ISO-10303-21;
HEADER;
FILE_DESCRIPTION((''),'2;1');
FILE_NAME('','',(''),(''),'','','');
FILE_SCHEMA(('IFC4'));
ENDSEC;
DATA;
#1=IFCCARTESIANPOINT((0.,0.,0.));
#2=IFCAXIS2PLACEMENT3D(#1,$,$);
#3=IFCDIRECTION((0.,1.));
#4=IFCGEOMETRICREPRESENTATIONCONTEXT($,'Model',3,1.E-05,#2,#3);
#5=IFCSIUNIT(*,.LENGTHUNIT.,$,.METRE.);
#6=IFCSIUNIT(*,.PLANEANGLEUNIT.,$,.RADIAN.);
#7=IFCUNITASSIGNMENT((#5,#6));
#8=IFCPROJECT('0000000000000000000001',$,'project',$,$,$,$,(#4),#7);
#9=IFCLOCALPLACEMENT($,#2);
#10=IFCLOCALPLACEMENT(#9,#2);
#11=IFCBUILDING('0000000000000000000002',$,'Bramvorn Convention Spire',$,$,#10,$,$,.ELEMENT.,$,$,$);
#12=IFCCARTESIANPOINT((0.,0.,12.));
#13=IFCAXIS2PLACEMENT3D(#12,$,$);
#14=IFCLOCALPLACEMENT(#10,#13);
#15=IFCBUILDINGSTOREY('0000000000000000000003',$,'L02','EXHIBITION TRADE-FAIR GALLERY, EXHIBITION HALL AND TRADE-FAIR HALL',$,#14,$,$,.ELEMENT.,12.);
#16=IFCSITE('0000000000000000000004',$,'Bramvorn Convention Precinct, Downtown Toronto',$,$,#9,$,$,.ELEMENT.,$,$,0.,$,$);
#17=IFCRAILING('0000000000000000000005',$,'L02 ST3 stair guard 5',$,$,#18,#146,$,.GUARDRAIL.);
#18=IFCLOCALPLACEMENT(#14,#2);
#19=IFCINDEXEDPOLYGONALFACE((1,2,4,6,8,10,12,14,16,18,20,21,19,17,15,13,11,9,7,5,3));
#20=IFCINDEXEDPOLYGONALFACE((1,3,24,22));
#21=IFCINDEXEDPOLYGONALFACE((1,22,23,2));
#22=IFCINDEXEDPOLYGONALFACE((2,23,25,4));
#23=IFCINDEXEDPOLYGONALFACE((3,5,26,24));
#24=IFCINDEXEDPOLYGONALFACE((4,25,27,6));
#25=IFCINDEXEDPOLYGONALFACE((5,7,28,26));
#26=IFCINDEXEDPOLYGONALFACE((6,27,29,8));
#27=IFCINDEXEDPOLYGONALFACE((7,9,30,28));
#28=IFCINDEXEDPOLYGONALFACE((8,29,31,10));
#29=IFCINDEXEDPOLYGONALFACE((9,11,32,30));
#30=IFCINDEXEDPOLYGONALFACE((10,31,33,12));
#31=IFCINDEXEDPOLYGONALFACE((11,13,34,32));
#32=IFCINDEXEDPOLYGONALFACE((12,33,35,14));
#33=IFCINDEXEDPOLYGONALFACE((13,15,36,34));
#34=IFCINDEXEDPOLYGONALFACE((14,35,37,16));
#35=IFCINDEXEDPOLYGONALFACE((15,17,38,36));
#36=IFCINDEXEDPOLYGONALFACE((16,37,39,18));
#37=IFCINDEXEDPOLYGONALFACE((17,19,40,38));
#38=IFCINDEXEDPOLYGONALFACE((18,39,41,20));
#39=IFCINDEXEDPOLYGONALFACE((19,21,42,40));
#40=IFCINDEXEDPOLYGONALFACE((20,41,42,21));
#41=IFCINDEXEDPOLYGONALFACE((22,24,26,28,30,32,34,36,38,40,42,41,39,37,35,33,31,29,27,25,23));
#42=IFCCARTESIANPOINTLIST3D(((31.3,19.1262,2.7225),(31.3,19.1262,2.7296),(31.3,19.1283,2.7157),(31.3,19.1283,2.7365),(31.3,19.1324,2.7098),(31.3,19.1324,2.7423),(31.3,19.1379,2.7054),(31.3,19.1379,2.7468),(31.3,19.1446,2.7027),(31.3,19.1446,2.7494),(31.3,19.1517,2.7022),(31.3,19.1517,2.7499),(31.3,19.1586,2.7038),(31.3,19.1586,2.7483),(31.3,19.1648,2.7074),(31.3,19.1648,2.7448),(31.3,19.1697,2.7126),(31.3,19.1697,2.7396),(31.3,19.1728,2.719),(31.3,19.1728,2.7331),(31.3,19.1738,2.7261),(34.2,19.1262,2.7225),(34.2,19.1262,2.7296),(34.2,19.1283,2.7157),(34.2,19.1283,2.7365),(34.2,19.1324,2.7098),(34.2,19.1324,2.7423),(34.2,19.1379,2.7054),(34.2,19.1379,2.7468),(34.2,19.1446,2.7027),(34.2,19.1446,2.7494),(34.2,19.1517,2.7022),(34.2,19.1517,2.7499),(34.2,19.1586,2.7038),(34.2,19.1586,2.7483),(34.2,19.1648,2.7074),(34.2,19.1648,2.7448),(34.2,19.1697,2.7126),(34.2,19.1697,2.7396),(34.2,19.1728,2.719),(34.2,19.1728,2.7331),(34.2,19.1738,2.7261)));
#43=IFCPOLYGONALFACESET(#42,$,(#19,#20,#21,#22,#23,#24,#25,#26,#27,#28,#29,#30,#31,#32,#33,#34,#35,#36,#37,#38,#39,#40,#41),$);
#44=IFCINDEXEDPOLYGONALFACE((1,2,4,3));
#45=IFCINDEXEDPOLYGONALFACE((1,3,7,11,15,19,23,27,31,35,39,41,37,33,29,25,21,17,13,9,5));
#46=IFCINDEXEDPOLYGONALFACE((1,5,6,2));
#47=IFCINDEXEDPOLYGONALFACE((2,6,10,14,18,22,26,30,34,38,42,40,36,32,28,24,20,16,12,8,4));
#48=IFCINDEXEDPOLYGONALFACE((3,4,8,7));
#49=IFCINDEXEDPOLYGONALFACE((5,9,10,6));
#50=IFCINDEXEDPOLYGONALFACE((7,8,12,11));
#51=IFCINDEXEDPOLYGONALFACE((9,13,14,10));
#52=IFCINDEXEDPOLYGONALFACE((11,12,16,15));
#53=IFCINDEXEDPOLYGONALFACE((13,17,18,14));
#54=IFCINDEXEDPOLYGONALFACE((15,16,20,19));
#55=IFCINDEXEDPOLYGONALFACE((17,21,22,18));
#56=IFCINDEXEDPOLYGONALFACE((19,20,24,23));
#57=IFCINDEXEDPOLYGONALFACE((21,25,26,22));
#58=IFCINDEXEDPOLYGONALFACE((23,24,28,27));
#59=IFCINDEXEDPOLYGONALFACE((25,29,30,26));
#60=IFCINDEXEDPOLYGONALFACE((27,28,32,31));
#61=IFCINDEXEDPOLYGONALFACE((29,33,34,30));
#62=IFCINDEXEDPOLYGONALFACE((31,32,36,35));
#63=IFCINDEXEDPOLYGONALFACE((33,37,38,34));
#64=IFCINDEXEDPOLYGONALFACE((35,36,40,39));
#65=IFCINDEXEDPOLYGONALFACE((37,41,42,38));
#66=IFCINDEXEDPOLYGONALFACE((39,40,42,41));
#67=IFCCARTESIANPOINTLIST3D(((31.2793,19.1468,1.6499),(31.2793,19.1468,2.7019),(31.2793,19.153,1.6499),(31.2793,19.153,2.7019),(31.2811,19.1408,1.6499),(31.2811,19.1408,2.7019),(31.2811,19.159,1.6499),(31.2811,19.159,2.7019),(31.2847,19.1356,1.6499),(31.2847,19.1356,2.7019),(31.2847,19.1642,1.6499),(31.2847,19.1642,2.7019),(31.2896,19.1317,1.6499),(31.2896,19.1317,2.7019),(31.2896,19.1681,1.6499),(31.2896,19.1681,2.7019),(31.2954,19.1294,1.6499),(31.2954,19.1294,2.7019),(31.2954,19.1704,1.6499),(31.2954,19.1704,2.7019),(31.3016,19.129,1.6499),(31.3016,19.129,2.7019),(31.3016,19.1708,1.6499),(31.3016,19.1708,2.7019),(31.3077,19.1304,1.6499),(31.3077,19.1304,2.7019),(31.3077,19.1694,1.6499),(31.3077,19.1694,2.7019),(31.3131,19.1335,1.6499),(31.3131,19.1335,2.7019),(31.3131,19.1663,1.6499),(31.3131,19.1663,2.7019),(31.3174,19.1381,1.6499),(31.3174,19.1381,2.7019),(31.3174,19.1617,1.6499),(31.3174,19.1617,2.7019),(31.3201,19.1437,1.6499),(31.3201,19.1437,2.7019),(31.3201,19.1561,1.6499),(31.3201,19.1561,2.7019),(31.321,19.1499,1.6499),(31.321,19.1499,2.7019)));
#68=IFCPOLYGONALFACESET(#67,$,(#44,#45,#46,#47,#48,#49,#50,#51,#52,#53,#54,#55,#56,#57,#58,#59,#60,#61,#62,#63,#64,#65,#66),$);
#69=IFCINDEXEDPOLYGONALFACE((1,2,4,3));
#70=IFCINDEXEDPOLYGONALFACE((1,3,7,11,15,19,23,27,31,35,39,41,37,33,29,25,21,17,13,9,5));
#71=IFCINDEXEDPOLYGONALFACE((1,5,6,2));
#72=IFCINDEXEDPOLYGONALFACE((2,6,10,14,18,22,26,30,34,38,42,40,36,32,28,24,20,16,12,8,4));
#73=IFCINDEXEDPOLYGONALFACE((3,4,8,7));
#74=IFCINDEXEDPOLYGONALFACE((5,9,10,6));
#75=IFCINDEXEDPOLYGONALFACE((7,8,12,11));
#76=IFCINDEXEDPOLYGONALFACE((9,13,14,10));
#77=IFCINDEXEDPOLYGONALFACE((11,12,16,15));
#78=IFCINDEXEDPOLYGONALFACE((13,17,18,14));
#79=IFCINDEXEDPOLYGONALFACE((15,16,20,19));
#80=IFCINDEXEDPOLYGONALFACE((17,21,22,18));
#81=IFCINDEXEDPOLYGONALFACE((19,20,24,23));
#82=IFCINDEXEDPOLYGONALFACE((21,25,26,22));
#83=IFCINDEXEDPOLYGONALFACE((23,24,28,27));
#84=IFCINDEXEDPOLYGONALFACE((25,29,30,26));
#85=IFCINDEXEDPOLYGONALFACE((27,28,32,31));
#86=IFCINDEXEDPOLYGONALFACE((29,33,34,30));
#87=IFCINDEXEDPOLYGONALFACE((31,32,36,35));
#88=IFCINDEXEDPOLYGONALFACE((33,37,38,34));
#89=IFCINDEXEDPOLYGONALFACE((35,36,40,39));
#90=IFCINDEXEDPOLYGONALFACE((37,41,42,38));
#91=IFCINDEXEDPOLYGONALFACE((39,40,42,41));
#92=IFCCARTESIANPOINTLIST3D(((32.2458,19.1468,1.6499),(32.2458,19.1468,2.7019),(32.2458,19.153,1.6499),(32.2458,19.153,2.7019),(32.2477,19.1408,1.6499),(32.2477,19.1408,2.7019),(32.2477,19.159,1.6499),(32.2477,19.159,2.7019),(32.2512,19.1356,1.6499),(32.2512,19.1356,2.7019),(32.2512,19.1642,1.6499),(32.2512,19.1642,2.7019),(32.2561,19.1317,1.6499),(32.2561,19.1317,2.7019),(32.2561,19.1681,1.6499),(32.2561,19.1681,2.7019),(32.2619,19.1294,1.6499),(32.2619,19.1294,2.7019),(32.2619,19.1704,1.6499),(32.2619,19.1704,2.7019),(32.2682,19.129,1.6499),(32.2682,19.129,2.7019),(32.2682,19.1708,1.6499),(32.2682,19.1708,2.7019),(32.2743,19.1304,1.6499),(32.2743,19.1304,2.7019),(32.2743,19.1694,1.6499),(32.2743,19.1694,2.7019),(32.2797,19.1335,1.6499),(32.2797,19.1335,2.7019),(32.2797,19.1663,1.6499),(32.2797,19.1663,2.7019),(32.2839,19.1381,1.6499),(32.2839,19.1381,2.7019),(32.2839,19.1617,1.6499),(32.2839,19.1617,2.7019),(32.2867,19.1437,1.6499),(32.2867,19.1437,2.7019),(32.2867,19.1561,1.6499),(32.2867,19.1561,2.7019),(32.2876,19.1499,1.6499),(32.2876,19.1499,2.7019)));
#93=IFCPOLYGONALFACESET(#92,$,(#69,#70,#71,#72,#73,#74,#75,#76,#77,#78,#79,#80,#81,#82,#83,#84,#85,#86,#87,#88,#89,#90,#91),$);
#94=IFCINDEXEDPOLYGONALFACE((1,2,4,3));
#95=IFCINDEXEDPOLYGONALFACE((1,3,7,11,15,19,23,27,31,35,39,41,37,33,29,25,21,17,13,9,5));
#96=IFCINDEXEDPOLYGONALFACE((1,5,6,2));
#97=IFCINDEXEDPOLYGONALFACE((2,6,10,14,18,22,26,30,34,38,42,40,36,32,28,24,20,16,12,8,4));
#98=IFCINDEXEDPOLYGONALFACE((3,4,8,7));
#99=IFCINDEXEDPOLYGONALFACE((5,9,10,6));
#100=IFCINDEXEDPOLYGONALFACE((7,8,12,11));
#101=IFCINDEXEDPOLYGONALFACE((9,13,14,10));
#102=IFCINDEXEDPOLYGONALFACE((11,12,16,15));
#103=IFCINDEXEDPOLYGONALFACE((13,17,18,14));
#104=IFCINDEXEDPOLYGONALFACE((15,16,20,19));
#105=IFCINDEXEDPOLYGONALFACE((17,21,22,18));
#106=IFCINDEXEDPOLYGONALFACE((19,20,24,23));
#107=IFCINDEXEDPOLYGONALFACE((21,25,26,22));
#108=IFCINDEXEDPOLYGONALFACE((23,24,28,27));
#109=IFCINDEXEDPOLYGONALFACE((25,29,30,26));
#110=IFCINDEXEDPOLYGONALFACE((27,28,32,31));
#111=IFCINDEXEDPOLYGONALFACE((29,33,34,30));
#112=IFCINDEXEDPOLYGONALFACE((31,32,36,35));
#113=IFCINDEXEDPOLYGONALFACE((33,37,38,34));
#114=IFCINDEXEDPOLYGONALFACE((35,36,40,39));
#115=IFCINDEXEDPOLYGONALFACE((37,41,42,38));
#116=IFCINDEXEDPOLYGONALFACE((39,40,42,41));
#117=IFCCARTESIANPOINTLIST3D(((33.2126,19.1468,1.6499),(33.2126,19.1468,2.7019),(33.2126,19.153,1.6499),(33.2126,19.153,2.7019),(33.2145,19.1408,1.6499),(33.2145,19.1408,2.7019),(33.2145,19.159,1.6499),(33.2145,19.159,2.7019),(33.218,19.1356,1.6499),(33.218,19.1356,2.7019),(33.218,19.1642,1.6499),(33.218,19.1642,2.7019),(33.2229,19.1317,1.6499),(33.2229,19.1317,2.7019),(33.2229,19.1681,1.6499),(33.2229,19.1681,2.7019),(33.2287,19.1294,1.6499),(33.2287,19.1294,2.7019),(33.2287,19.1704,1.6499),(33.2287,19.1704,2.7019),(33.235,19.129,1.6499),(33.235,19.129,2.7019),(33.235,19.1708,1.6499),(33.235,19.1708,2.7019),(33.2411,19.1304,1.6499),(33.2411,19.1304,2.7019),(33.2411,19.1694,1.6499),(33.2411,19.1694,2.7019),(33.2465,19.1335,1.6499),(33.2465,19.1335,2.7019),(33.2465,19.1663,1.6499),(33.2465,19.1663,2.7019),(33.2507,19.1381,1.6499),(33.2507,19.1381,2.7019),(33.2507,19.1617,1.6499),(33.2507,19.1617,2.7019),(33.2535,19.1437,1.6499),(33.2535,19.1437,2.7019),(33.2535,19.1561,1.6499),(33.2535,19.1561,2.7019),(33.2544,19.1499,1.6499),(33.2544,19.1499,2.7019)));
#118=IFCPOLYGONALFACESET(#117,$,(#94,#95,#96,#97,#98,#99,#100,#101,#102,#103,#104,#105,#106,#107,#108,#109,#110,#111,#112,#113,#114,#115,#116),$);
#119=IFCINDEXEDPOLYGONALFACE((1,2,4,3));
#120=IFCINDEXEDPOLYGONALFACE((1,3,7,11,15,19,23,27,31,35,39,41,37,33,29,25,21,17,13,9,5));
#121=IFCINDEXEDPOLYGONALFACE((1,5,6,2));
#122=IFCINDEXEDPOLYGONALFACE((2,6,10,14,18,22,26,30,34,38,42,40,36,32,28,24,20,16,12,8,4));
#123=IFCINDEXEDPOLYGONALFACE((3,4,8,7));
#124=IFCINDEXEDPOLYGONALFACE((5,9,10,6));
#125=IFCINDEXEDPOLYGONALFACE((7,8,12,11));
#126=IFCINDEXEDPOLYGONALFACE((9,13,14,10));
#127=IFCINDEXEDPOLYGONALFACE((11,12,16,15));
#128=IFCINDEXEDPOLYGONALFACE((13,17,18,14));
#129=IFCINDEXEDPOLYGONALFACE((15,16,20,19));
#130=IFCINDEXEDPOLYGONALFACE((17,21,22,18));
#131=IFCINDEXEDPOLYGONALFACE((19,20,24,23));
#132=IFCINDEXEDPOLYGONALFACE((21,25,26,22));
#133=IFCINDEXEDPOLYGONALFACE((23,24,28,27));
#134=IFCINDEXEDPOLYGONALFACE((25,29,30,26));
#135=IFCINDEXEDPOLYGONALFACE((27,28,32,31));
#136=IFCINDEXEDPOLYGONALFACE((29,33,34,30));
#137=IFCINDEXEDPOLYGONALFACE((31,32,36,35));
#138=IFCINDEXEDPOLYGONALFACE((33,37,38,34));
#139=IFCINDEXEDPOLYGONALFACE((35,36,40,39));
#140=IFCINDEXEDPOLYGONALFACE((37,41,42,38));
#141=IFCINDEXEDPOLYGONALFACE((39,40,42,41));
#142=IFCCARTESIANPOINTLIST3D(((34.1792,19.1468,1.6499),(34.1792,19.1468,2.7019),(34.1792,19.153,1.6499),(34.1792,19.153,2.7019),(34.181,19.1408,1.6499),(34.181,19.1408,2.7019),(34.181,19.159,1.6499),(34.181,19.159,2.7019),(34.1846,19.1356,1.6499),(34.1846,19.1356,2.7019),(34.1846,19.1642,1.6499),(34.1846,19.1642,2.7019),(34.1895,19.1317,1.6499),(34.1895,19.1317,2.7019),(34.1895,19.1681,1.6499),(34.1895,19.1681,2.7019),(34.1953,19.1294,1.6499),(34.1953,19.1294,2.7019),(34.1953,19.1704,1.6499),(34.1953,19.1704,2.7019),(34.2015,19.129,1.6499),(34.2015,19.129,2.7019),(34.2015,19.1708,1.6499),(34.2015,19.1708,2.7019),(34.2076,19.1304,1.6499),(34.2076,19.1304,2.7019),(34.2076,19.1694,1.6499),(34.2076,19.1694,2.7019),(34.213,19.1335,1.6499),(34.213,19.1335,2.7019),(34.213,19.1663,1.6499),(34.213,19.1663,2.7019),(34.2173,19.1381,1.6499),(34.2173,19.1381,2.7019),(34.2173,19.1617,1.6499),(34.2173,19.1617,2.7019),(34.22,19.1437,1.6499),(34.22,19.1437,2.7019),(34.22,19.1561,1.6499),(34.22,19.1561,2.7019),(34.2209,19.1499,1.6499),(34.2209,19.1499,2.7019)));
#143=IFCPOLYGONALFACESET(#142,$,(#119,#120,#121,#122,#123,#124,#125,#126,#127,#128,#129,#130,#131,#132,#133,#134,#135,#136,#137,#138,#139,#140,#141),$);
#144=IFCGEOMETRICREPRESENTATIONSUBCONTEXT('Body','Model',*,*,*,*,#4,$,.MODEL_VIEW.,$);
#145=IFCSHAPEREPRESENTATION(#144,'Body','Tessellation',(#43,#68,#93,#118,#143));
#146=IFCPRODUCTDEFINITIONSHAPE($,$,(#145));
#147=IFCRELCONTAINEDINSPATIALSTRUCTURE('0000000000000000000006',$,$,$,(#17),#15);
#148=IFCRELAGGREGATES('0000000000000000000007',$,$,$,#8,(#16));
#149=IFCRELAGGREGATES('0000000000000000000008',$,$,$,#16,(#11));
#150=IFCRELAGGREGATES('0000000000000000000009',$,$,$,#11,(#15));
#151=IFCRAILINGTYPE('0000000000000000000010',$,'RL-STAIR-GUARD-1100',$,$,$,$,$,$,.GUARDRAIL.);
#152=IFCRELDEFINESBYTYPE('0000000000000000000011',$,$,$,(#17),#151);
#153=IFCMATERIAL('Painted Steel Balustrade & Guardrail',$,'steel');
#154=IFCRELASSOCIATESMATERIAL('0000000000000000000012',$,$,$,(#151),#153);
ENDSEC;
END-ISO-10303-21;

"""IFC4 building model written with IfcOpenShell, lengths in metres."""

from ifc_helpers import new_model, si_unit, direction, frame, origin, origin_2d, place, context, subcontext, project, spatial, circle, extrude, material, type_object, element, save


model = new_model("IFC4")

# Units and contexts
model_context = context("Model", 3, precision=1e-05, world=origin(), true_north=direction((0.0, 1.0)))
body_context = subcontext(model_context, "Body", "Model", "MODEL_VIEW")
ifc_project = project(units=[si_unit("LENGTHUNIT", "METRE"), si_unit("PLANEANGLEUNIT", "RADIAN")], contexts=[model_context])

# Site, building, storey
site_placement = place(None, origin())
site = spatial("IfcSite", under=ifc_project, at=site_placement, Name="Bramvorn Convention Precinct, Downtown Toronto", CompositionType="ELEMENT", RefElevation=0.0)
building_placement = place(site_placement, origin())
building = spatial("IfcBuilding", under=site, at=building_placement, Name="Bramvorn Convention Spire", CompositionType="ELEMENT")
storey_placement = place(building_placement, frame((0.0, 0.0, 12.0)))
storey = spatial("IfcBuildingStorey", under=building, at=storey_placement, Name="L02", Description="EXHIBITION TRADE-FAIR GALLERY, EXHIBITION HALL AND TRADE-FAIR HALL", CompositionType="ELEMENT", Elevation=12.0)

# Railing
ifc_material_1 = material(Name="Painted Steel Balustrade & Guardrail", Category="steel")
railing_type = type_object("IfcRailingType", Name="RL-STAIR-GUARD-1100", PredefinedType="GUARDRAIL", material=ifc_material_1)
for number, where, name in (
    (1, (31.3, 19.1499, 1.6499), "L02 ST3 stair guard 5"),
):
    element("IfcRailing", number, at=place(storey_placement, frame(where)), inside=storey, type_object=railing_type, Name=name, PredefinedType="GUARDRAIL", context=body_context, shape_type="SweptSolid", body=[
        extrude(circle(Radius=0.0239, at=origin_2d()), frame((0.0, 0.0, 1.0762), z_axis=(1.0, 0.0, 0.0), x_axis=(0.0, 1.0, 0.0)), (0.0, 0.0, 1.0), 2.8999),
        extrude(circle(Radius=0.021, at=origin_2d()), origin(), (0.0, 0.0, 1.0), 1.052),
        extrude(circle(Radius=0.021, at=origin_2d()), frame((0.9666, 0.0, 0.0)), (0.0, 0.0, 1.0), 1.052),
        extrude(circle(Radius=0.021, at=origin_2d()), frame((1.9333, 0.0, 0.0)), (0.0, 0.0, 1.0), 1.052),
        extrude(circle(Radius=0.021, at=origin_2d()), frame((2.8999, 0.0, 0.0)), (0.0, 0.0, 1.0), 1.052),
    ])

save(model, "model.ifc")
